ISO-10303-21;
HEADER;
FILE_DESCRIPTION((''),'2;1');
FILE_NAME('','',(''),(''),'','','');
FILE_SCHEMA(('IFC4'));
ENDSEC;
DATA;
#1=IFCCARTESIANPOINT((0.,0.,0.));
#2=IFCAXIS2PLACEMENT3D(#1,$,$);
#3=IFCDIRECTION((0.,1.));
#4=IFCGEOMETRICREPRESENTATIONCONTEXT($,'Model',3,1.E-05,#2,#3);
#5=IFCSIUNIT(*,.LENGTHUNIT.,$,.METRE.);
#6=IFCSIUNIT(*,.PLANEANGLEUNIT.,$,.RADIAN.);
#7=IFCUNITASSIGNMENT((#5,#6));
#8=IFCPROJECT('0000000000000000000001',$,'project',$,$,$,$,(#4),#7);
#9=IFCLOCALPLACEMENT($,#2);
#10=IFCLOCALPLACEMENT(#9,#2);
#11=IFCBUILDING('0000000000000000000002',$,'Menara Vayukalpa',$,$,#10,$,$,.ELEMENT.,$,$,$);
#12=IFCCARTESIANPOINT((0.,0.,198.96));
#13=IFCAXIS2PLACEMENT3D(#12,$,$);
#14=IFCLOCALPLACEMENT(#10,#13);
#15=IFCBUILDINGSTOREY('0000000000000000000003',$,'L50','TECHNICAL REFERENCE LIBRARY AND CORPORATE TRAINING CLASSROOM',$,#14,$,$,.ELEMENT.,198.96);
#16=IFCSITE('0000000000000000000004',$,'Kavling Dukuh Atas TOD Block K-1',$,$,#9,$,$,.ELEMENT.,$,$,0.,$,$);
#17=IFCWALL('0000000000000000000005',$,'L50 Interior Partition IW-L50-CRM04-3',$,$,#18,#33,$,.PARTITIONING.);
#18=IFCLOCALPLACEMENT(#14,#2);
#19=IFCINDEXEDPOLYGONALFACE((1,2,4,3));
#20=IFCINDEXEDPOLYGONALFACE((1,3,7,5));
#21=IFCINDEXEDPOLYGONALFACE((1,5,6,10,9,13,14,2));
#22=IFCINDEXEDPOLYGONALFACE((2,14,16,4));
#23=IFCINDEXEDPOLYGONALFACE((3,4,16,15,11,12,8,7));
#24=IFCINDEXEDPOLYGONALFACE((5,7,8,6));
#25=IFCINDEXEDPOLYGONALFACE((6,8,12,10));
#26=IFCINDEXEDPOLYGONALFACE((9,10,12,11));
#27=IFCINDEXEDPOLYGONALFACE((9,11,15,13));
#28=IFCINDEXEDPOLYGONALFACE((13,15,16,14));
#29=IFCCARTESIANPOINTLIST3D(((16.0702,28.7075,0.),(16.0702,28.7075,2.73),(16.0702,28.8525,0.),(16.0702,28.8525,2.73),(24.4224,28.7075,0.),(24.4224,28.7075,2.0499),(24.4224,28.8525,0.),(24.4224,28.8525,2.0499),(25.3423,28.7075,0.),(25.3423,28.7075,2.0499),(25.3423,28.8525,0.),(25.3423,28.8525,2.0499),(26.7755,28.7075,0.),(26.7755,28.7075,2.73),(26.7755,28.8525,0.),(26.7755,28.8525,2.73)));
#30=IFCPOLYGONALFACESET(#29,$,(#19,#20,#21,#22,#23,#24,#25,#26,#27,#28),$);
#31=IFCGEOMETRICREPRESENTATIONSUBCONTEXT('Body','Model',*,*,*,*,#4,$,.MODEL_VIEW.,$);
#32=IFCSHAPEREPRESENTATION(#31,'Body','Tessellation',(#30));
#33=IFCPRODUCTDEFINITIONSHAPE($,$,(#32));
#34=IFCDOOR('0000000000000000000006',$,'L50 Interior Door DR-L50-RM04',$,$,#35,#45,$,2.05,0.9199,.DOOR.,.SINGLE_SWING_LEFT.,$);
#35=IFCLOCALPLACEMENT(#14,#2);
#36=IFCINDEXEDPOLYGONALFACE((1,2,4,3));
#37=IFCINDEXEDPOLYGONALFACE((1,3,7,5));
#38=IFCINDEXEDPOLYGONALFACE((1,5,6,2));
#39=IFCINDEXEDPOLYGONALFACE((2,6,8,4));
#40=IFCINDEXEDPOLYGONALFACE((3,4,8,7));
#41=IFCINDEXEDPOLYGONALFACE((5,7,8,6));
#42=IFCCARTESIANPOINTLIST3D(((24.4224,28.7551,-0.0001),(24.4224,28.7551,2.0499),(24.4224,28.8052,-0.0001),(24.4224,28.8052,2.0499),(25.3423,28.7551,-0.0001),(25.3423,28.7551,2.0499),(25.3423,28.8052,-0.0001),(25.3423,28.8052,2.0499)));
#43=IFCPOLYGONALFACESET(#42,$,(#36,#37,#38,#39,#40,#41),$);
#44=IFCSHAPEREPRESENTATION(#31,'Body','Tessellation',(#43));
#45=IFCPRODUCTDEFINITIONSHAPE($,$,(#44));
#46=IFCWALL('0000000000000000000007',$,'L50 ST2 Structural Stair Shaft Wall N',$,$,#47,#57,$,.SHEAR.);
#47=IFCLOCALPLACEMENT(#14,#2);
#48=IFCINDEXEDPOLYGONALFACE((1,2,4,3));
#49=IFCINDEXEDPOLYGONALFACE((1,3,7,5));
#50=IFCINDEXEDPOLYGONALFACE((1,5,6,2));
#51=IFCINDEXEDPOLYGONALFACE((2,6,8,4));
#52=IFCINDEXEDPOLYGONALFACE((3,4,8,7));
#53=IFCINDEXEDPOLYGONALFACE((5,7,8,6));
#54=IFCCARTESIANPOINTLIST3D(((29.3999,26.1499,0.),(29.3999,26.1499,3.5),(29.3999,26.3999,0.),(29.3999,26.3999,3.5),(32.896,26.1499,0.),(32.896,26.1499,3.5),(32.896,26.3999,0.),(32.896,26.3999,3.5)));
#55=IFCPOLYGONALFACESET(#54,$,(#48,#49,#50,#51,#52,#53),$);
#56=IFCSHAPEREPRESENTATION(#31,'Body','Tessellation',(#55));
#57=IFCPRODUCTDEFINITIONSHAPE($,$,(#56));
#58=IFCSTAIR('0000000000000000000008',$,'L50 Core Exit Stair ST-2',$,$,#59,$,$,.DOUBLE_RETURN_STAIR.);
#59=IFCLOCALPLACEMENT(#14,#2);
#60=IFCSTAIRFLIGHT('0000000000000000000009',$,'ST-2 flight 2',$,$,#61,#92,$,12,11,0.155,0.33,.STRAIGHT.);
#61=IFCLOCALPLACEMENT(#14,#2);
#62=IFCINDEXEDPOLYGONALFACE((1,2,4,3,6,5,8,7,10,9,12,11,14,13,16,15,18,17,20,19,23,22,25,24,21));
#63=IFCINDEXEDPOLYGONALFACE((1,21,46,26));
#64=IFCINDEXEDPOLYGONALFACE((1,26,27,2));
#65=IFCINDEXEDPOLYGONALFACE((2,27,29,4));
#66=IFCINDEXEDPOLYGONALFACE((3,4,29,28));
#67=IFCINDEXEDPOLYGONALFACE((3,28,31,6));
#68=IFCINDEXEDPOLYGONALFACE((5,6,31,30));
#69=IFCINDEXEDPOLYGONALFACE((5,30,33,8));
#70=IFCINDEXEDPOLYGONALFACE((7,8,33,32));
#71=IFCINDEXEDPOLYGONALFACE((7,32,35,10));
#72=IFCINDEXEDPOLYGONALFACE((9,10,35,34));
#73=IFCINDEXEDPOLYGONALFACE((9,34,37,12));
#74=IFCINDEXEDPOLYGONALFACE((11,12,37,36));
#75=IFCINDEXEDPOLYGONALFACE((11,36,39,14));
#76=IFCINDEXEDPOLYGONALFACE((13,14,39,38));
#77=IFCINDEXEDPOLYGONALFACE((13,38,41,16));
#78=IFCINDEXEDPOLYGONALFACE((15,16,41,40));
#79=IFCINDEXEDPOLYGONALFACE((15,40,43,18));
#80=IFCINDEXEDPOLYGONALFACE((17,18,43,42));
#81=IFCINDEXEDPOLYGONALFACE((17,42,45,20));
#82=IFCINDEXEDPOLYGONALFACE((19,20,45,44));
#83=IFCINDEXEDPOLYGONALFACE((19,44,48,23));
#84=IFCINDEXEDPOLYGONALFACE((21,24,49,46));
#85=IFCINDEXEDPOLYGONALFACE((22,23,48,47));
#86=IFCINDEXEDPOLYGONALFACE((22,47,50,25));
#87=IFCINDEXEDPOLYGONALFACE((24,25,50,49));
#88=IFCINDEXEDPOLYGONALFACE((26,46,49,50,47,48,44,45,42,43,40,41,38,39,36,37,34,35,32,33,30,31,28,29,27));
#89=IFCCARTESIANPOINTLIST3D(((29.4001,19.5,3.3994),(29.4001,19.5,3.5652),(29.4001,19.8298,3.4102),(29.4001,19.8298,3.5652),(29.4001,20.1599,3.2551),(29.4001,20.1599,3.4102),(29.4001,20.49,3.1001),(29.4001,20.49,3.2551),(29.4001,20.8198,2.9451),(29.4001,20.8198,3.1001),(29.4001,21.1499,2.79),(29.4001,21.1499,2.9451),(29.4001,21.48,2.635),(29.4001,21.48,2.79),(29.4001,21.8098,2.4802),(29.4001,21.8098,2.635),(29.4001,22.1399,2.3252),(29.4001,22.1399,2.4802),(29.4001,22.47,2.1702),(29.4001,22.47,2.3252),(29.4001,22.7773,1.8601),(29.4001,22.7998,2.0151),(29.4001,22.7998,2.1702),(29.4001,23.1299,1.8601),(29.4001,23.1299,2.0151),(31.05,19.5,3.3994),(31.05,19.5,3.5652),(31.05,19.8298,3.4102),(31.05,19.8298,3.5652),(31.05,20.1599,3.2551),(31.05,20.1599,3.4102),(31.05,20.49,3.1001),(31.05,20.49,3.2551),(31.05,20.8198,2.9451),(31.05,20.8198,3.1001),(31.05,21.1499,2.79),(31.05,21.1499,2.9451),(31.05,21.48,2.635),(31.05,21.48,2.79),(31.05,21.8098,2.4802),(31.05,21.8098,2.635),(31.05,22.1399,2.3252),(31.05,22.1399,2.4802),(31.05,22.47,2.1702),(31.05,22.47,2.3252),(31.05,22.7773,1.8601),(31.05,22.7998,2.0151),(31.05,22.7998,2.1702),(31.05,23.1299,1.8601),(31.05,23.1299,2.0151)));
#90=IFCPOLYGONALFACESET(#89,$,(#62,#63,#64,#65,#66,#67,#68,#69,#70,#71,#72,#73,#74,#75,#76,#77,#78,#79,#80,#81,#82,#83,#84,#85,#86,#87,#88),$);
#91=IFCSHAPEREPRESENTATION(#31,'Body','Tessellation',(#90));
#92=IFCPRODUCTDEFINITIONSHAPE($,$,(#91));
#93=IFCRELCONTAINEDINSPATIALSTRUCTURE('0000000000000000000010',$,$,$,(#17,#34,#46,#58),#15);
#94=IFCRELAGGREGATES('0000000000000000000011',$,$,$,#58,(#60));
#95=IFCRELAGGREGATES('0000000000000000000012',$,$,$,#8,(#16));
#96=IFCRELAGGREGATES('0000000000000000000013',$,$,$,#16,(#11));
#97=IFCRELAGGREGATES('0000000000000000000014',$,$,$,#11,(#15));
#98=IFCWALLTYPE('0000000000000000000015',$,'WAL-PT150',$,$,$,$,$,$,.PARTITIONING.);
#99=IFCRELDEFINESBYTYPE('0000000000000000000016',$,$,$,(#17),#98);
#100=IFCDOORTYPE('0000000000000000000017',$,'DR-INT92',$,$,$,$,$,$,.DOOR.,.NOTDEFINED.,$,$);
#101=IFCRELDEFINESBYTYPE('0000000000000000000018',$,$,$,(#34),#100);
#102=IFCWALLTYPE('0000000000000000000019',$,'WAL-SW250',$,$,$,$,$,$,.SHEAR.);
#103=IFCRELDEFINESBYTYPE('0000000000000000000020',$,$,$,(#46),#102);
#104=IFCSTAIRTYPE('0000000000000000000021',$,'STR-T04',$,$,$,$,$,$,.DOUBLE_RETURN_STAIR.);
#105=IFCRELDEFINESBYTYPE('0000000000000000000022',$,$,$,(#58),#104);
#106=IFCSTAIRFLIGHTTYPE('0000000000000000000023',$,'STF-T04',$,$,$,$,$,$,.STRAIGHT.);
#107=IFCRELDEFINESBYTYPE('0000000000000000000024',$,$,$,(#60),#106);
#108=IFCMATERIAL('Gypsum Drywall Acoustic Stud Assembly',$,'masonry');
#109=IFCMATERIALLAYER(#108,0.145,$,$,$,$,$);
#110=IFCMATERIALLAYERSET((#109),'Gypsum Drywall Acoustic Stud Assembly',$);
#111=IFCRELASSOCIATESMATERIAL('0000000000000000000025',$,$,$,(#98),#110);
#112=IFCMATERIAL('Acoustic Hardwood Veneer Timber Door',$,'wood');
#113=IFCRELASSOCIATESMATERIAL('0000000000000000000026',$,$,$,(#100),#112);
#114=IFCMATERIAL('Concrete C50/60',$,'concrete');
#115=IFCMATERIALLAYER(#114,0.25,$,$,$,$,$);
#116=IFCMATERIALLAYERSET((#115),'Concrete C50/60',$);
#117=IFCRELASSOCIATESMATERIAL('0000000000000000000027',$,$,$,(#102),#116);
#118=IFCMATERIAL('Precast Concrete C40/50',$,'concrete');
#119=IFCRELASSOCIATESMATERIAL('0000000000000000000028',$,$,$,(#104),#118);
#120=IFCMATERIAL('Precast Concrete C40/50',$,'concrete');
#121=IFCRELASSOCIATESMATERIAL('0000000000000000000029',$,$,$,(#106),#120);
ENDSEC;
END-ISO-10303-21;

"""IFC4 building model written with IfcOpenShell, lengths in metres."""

from ifc_helpers import new_model, si_unit, direction, frame, frame_2d, origin, place, context, subcontext, project, spatial, polyline, rectangle, outline, extrude, material, layer, layer_set, type_object, element, fill, aggregate, save


model = new_model("IFC4")

# Units and contexts
model_context = context("Model", 3, precision=1e-05, world=origin(), true_north=direction((0.0, 1.0)))
body_context = subcontext(model_context, "Body", "Model", "MODEL_VIEW")
ifc_project = project(units=[si_unit("LENGTHUNIT", "METRE"), si_unit("PLANEANGLEUNIT", "RADIAN")], contexts=[model_context])

# Site, building, storey
site_placement = place(None, origin())
site = spatial("IfcSite", under=ifc_project, at=site_placement, Name="Kavling Dukuh Atas TOD Block K-1", CompositionType="ELEMENT", RefElevation=0.0)
building_placement = place(site_placement, origin())
building = spatial("IfcBuilding", under=site, at=building_placement, Name="Menara Vayukalpa", CompositionType="ELEMENT")
storey_placement = place(building_placement, frame((0.0, 0.0, 198.96)))
storey = spatial("IfcBuildingStorey", under=building, at=storey_placement, Name="L50", Description="TECHNICAL REFERENCE LIBRARY AND CORPORATE TRAINING CLASSROOM", CompositionType="ELEMENT", Elevation=198.96)

# Shared definitions
ifc_material_1 = material(Name="Gypsum Drywall Acoustic Stud Assembly", Category="masonry")
ifc_layer_1 = layer(ifc_material_1, 0.145)
ifc_layer_set_1 = layer_set([ifc_layer_1], Name="Gypsum Drywall Acoustic Stud Assembly")
wall_type_1 = type_object("IfcWallType", Name="WAL-PT150", PredefinedType="PARTITIONING", material=ifc_layer_set_1)

# Wall, opening, door
wall_1_placement = place(storey_placement, frame((26.7754, 28.78, 0.0), z_axis=(0.0, 0.0, 1.0), x_axis=(-1.0, 0.0, 0.0)))
wall_1 = element("IfcWall", 1, at=wall_1_placement, inside=storey, type_object=wall_type_1, Name="L50 Interior Partition IW-L50-CRM04-3", PredefinedType="PARTITIONING", context=body_context, shape_type="SweptSolid", body=[
    extrude(rectangle(XDim=10.7053, YDim=0.145, at=frame_2d((5.3525, 0.0))), origin(), (0.0, 0.0, 1.0), 2.73),
])
opening_placement = place(wall_1_placement, frame((1.4331, 0.0, 0.0)))
opening = element("IfcOpeningElement", 2, at=opening_placement, cuts=wall_1, PredefinedType="OPENING", context=body_context, shape_type="SweptSolid", body=[
    extrude(rectangle(XDim=0.9199, YDim=2.05, at=frame_2d((0.46, 1.0249))), frame((0.0, 0.0825, 0.0), z_axis=(0.0, -1.0, 0.0), x_axis=(1.0, 0.0, 0.0)), (0.0, 0.0, 1.0), 0.165),
])
ifc_material_2 = material(Name="Acoustic Hardwood Veneer Timber Door", Category="wood")
door_type = type_object("IfcDoorType", Name="DR-INT92", OperationType="NOTDEFINED", PredefinedType="DOOR", material=ifc_material_2)
door_placement = place(opening_placement, origin())
door = element("IfcDoor", 3, at=door_placement, inside=storey, type_object=door_type, Name="L50 Interior Door DR-L50-RM04", OperationType="SINGLE_SWING_LEFT", OverallHeight=2.05, OverallWidth=0.9199, PredefinedType="DOOR", context=body_context, shape_type="SweptSolid", body=[
    extrude(rectangle(XDim=0.9199, YDim=2.05, at=frame_2d((0.46, 1.0249))), frame((0.0, 0.0249, 0.0), z_axis=(0.0, -1.0, 0.0), x_axis=(1.0, 0.0, 0.0)), (0.0, 0.0, 1.0), 0.05),
])
fill(opening, door)

# Wall
ifc_material_3 = material(Name="Concrete C50/60", Category="concrete")
ifc_layer_2 = layer(ifc_material_3, 0.25)
ifc_layer_set_2 = layer_set([ifc_layer_2], Name="Concrete C50/60")
wall_type_2 = type_object("IfcWallType", Name="WAL-SW250", PredefinedType="SHEAR", material=ifc_layer_set_2)
wall_2_placement = place(storey_placement, frame((29.3999, 26.2749, 0.0), z_axis=(0.0, 0.0, 1.0), x_axis=(1.0, 0.0, 0.0)))
element("IfcWall", 4, at=wall_2_placement, inside=storey, type_object=wall_type_2, Name="L50 ST2 Structural Stair Shaft Wall N", PredefinedType="SHEAR", context=body_context, shape_type="SweptSolid", body=[
    extrude(rectangle(XDim=3.4961, YDim=0.25, at=frame_2d((1.748, 0.0))), origin(), (0.0, 0.0, 1.0), 3.5),
])

# Stair, stair flight
ifc_material_4 = material(Name="Precast Concrete C40/50", Category="concrete")
stair_type = type_object("IfcStairType", Name="STR-T04", PredefinedType="DOUBLE_RETURN_STAIR", material=ifc_material_4)
stair_placement = place(storey_placement, origin())
stair = element("IfcStair", 5, at=stair_placement, inside=storey, type_object=stair_type, Name="L50 Core Exit Stair ST-2", PredefinedType="DOUBLE_RETURN_STAIR")
ifc_material_5 = material(Name="Precast Concrete C40/50", Category="concrete")
stair_flight_type = type_object("IfcStairFlightType", Name="STF-T04", PredefinedType="STRAIGHT", material=ifc_material_5)
stair_flight_placement = place(storey_placement, frame((30.2251, 23.1299, 1.8601), z_axis=(0.0, 0.0, 1.0), x_axis=(0.0, -1.0, 0.0)))
stair_flight = element("IfcStairFlight", 6, at=stair_flight_placement, type_object=stair_flight_type, Name="ST-2 flight 2", NumberOfRisers=12, NumberOfTreads=11, PredefinedType="STRAIGHT", RiserHeight=0.155, TreadLength=0.33, context=body_context, shape_type="SweptSolid", body=[
    extrude(outline(polyline([(0.0, 0.0), (0.0, 0.155), (0.3301, 0.155), (0.3301, 0.3101), (0.6599, 0.3101), (0.6599, 0.4651), (0.99, 0.4651), (0.99, 0.6201), (1.3201, 0.6201), (1.3201, 0.7749), (1.6499, 0.7749), (1.6499, 0.9299), (1.98, 0.9299), (1.98, 1.085), (2.3101, 1.085), (2.3101, 1.24), (2.6399, 1.24), (2.6399, 1.395), (2.97, 1.395), (2.97, 1.55), (3.3, 1.55), (3.3, 1.7051), (3.6299, 1.7051), (3.6299, 1.8601), (3.6299, 1.5393), (0.3525, 0.0), (0.0, 0.0)])), frame((0.0, 0.825, 0.0), z_axis=(0.0, -1.0, 0.0), x_axis=(1.0, 0.0, 0.0)), (0.0, 0.0, 1.0), 1.6499),
])
aggregate(stair, [stair_flight])

save(model, "model.ifc")
